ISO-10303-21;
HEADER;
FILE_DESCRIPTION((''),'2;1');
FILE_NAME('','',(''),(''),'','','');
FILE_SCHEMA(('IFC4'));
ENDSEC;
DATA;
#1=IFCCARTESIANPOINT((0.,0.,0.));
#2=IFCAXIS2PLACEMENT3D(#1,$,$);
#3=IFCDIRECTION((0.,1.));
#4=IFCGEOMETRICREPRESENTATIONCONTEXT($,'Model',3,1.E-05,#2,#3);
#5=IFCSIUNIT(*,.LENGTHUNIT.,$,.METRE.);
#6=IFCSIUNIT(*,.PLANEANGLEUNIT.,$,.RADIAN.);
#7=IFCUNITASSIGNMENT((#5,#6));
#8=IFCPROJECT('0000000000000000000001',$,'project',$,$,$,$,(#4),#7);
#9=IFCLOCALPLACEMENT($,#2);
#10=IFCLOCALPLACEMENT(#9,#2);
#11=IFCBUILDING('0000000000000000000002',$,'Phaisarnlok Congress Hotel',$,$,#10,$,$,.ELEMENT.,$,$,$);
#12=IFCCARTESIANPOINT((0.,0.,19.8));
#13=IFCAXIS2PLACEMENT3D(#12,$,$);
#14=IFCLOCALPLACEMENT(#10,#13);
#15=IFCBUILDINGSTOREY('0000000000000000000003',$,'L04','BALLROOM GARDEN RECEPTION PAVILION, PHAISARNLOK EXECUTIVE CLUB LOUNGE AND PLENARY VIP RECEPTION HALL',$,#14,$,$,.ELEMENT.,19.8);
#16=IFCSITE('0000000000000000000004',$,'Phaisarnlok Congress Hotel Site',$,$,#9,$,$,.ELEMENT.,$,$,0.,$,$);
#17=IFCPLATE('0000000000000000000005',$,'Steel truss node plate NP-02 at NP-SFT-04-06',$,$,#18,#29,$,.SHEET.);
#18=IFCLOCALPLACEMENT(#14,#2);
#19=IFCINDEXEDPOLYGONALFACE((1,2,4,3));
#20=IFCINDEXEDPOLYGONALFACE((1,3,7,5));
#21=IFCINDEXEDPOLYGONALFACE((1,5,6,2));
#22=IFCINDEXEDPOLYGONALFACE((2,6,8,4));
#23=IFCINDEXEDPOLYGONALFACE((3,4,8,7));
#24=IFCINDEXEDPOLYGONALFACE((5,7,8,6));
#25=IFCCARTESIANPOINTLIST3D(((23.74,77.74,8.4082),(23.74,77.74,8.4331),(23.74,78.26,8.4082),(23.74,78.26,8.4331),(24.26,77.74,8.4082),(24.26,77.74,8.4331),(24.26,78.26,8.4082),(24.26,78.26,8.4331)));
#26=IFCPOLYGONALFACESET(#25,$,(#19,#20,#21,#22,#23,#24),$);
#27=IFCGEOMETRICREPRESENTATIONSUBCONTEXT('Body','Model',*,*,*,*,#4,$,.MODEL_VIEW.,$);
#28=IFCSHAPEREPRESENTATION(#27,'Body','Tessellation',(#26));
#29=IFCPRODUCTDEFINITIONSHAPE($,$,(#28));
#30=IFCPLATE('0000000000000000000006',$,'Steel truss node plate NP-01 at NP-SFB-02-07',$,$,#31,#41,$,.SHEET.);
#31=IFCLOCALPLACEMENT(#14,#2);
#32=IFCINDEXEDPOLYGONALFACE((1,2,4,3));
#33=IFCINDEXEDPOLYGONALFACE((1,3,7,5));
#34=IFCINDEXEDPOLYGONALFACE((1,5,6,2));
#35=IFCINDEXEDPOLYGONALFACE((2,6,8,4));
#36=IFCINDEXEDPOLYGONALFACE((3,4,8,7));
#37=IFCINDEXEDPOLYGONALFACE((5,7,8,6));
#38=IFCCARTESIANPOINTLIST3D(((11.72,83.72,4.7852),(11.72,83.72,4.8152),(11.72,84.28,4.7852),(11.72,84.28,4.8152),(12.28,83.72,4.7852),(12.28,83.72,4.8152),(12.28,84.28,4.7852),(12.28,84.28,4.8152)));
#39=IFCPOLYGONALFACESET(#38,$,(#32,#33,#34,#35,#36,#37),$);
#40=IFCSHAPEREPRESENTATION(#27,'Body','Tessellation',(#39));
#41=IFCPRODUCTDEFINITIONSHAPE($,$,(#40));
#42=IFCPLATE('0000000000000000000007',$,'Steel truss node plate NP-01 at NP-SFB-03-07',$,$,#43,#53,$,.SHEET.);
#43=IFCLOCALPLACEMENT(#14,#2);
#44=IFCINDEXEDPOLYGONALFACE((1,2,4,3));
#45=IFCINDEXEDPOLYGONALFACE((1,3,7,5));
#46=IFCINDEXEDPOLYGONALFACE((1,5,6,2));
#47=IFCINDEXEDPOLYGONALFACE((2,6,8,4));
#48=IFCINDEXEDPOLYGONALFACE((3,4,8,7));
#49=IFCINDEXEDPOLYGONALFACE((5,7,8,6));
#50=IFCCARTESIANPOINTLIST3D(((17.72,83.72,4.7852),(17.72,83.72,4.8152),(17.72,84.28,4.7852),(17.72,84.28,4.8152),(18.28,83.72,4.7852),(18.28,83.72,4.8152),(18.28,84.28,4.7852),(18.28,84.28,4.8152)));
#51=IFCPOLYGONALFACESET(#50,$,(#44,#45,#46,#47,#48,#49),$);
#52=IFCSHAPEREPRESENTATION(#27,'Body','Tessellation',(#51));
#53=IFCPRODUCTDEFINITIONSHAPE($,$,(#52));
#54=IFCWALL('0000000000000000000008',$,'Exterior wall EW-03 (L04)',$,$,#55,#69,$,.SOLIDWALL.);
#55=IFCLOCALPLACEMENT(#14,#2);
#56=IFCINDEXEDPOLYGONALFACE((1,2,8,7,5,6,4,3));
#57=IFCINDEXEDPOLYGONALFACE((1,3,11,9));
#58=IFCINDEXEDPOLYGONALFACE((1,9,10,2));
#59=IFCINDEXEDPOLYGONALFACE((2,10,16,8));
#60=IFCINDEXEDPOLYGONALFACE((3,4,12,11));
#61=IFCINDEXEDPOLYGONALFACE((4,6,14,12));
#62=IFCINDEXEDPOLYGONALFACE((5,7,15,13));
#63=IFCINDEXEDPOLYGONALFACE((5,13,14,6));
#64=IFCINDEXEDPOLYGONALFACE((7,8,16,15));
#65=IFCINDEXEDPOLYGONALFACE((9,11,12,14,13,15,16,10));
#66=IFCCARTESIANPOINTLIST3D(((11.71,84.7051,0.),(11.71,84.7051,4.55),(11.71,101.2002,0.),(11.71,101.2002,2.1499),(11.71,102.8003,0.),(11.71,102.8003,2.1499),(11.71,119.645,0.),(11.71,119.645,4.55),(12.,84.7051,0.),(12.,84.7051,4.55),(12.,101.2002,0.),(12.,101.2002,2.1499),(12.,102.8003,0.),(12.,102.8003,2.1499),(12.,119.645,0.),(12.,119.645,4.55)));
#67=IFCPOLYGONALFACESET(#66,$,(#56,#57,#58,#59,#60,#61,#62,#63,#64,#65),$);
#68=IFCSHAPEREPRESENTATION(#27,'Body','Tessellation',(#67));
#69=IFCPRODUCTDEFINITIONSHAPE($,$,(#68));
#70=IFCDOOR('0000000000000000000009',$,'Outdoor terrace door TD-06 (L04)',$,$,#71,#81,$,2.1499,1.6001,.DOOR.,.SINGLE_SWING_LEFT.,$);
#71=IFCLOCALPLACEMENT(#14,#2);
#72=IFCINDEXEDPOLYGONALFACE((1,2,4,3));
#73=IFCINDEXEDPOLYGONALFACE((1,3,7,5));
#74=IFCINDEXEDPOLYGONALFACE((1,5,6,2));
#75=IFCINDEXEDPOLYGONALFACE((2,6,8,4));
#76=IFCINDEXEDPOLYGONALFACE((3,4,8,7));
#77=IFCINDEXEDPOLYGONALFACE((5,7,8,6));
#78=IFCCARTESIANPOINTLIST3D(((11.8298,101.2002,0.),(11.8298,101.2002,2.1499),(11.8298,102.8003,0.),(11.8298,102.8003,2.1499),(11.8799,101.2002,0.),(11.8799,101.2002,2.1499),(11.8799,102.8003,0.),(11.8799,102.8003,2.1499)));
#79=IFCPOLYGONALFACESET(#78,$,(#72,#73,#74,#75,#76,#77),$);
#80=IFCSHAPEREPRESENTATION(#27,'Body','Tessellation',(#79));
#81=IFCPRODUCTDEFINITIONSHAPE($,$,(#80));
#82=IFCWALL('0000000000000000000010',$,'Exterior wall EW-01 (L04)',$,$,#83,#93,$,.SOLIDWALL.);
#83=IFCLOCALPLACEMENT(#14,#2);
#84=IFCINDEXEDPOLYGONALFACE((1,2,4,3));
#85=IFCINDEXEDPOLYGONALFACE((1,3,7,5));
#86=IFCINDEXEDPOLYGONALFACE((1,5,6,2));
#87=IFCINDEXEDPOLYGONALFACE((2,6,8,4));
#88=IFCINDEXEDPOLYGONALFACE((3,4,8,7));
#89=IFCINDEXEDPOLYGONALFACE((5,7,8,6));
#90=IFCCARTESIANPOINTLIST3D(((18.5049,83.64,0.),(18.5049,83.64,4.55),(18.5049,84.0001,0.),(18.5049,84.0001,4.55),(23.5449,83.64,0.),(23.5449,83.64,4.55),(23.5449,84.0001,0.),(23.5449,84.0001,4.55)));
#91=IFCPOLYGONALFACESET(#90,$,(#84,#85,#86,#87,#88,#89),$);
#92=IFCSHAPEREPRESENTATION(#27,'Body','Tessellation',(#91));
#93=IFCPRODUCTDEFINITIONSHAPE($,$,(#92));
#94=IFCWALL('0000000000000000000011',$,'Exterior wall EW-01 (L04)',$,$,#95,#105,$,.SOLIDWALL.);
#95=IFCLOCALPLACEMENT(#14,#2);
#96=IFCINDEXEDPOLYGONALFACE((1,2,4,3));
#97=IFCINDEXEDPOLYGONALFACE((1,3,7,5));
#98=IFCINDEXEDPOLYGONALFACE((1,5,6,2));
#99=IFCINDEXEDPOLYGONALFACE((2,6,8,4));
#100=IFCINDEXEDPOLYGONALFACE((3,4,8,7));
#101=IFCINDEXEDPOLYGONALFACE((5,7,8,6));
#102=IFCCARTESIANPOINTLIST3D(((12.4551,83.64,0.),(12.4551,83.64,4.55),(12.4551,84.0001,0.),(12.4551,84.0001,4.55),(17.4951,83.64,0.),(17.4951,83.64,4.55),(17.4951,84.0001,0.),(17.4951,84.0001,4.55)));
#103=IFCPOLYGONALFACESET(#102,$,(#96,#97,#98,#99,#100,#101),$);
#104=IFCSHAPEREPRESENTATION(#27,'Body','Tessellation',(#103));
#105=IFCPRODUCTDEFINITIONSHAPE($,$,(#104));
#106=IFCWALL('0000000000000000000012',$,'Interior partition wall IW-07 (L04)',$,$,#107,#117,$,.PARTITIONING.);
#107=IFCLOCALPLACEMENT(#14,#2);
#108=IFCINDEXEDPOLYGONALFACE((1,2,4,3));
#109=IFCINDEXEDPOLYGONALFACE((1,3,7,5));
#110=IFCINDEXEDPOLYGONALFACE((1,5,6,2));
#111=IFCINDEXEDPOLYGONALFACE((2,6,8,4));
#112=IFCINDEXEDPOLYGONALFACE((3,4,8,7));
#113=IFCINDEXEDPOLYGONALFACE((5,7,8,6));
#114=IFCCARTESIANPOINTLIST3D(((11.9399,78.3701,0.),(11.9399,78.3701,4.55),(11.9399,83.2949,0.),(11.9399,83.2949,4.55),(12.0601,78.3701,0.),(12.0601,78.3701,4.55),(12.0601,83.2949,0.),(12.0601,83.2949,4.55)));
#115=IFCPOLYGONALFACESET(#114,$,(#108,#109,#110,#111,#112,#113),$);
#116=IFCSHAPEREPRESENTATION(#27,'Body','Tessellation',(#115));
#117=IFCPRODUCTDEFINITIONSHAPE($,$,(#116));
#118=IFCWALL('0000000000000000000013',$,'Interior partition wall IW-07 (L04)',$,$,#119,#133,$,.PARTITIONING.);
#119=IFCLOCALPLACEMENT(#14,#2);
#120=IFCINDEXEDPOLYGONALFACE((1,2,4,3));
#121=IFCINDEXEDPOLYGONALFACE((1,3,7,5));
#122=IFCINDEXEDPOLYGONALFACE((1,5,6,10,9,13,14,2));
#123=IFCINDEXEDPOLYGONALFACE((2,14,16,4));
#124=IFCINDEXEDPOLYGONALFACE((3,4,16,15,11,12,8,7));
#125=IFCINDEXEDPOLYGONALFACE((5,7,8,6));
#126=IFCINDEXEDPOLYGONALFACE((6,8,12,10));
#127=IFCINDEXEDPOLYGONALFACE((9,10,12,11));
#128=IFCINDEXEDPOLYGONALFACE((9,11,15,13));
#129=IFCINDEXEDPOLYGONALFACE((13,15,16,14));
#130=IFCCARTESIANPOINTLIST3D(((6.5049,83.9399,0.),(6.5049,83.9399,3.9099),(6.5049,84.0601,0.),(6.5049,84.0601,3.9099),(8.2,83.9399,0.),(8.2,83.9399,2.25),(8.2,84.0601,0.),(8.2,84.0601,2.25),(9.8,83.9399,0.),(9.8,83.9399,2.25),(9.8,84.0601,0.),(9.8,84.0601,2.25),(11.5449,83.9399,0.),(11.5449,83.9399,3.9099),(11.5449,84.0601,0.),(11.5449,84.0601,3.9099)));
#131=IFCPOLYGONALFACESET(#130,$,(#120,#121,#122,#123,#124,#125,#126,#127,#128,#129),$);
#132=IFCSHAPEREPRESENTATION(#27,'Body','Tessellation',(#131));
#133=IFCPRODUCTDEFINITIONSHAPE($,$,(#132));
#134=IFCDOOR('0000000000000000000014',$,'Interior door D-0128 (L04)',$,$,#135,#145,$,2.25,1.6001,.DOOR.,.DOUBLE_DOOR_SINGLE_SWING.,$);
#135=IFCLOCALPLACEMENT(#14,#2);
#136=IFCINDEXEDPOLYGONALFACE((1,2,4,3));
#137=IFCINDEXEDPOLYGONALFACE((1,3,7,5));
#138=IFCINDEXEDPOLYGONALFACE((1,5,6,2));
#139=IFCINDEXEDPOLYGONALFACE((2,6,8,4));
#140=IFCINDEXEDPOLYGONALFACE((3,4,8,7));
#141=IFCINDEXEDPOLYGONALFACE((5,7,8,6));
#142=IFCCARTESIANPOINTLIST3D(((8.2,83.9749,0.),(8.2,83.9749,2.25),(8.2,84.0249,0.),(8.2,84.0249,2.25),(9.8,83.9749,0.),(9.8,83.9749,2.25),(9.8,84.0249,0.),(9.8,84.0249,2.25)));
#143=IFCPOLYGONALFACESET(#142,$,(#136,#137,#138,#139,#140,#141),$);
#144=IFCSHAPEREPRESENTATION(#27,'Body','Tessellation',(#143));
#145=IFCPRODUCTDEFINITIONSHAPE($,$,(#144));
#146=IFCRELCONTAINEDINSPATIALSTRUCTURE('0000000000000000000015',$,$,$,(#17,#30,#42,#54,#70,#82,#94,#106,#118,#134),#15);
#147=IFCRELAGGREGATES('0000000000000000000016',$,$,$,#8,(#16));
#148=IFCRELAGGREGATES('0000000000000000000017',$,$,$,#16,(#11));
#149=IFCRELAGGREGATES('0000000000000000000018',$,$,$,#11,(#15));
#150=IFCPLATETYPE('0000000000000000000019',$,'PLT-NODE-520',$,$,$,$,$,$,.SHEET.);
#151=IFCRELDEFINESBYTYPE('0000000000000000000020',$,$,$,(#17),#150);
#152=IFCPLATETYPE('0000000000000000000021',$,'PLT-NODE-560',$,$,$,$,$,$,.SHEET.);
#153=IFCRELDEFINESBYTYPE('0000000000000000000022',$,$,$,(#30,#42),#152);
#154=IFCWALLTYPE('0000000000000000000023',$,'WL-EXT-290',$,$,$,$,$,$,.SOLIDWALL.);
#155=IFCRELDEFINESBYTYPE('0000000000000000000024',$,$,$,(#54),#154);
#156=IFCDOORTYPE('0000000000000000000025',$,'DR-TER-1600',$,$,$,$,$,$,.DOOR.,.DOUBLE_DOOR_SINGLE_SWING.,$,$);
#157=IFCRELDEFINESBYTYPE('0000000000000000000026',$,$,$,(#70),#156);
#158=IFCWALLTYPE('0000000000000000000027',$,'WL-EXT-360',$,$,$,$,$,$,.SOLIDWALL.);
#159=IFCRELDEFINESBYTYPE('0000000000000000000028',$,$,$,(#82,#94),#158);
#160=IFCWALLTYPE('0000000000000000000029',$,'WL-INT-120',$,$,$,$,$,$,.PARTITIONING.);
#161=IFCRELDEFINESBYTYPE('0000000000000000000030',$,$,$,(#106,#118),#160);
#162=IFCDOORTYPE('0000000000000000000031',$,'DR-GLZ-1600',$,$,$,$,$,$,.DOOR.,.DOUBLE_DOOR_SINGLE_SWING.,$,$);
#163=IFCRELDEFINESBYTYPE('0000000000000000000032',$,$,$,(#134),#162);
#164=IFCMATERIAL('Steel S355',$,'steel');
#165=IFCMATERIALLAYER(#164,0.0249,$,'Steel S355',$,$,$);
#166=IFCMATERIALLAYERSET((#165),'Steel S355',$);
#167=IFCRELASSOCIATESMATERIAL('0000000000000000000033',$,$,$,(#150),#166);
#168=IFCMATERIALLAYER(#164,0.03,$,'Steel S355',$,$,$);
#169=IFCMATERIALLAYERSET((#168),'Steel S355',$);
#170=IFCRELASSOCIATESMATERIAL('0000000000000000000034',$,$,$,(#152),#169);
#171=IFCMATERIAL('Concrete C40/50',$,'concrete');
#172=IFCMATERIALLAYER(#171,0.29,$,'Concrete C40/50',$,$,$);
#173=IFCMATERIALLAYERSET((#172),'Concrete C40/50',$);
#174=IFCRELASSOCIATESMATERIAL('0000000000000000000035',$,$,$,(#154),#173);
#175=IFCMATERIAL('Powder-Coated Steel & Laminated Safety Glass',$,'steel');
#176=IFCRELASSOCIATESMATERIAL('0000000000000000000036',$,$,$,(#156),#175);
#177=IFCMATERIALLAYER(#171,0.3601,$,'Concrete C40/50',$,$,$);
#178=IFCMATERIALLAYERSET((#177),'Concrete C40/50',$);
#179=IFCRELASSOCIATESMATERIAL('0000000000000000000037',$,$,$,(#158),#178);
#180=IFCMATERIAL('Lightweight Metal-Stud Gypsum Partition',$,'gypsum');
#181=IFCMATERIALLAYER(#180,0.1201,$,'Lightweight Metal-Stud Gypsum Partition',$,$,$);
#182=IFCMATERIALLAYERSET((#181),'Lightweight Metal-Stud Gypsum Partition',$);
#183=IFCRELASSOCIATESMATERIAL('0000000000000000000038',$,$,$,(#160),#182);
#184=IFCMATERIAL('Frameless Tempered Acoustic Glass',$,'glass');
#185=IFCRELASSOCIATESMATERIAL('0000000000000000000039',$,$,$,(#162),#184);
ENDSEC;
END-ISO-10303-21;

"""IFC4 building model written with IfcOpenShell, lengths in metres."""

from ifc_helpers import new_model, si_unit, direction, frame, frame_2d, origin, origin_2d, place, context, subcontext, project, spatial, rectangle, extrude, material, layer, layer_set, type_object, element, fill, save


model = new_model("IFC4")

# Units and contexts
model_context = context("Model", 3, precision=1e-05, world=origin(), true_north=direction((0.0, 1.0)))
body_context = subcontext(model_context, "Body", "Model", "MODEL_VIEW")
ifc_project = project(units=[si_unit("LENGTHUNIT", "METRE"), si_unit("PLANEANGLEUNIT", "RADIAN")], contexts=[model_context])

# Site, building, storey
site_placement = place(None, origin())
site = spatial("IfcSite", under=ifc_project, at=site_placement, Name="Phaisarnlok Congress Hotel Site", CompositionType="ELEMENT", RefElevation=0.0)
building_placement = place(site_placement, origin())
building = spatial("IfcBuilding", under=site, at=building_placement, Name="Phaisarnlok Congress Hotel", CompositionType="ELEMENT")
storey_placement = place(building_placement, frame((0.0, 0.0, 19.8)))
storey = spatial("IfcBuildingStorey", under=building, at=storey_placement, Name="L04", Description="BALLROOM GARDEN RECEPTION PAVILION, PHAISARNLOK EXECUTIVE CLUB LOUNGE AND PLENARY VIP RECEPTION HALL", CompositionType="ELEMENT", Elevation=19.8)

# Shared definitions
ifc_material_1 = material(Name="Steel S355", Category="steel")

# Shared definitions
ifc_material_2 = material(Name="Concrete C40/50", Category="concrete")

# Plates
ifc_layer_1 = layer(ifc_material_1, 0.0249, Name="Steel S355")
ifc_layer_set_1 = layer_set([ifc_layer_1], Name="Steel S355")
plate_type_1 = type_object("IfcPlateType", Name="PLT-NODE-520", PredefinedType="SHEET", material=ifc_layer_set_1)
for number, where, z_axis, x_axis, name in (
    (1, (24.0, 78.0, 8.4082), (0.0, 0.0, 1.0), (1.0, 0.0, 0.0), "Steel truss node plate NP-02 at NP-SFT-04-06"),
):
    element("IfcPlate", number, at=place(storey_placement, frame(where, z_axis=z_axis, x_axis=x_axis)), inside=storey, type_object=plate_type_1, Name=name, PredefinedType="SHEET", context=body_context, shape_type="SweptSolid", body=[
        extrude(rectangle(XDim=0.52, YDim=0.52, at=origin_2d()), origin(), (0.0, 0.0, 1.0), 0.0249),
    ])
ifc_layer_2 = layer(ifc_material_1, 0.03, Name="Steel S355")
ifc_layer_set_2 = layer_set([ifc_layer_2], Name="Steel S355")
plate_type_2 = type_object("IfcPlateType", Name="PLT-NODE-560", PredefinedType="SHEET", material=ifc_layer_set_2)
for number, where, z_axis, x_axis, name in (
    (2, (12.0, 84.0, 4.7852), (0.0, 0.0, 1.0), (1.0, 0.0, 0.0), "Steel truss node plate NP-01 at NP-SFB-02-07"),
    (3, (18.0, 84.0, 4.7852), (0.0, 0.0, 1.0), (1.0, 0.0, 0.0), "Steel truss node plate NP-01 at NP-SFB-03-07"),
):
    element("IfcPlate", number, at=place(storey_placement, frame(where, z_axis=z_axis, x_axis=x_axis)), inside=storey, type_object=plate_type_2, Name=name, PredefinedType="SHEET", context=body_context, shape_type="SweptSolid", body=[
        extrude(rectangle(XDim=0.5601, YDim=0.5601, at=origin_2d()), origin(), (0.0, 0.0, 1.0), 0.03),
    ])

# Wall, opening, door
ifc_layer_3 = layer(ifc_material_2, 0.29, Name="Concrete C40/50")
ifc_layer_set_3 = layer_set([ifc_layer_3], Name="Concrete C40/50")
wall_type_1 = type_object("IfcWallType", Name="WL-EXT-290", PredefinedType="SOLIDWALL", material=ifc_layer_set_3)
wall_1_placement = place(storey_placement, frame((11.855, 84.7051, 0.0), z_axis=(0.0, 0.0, 1.0), x_axis=(0.0, 1.0, 0.0)))
wall_1 = element("IfcWall", 4, at=wall_1_placement, inside=storey, type_object=wall_type_1, Name="Exterior wall EW-03 (L04)", PredefinedType="SOLIDWALL", context=body_context, shape_type="SweptSolid", body=[
    extrude(rectangle(XDim=34.9399, YDim=0.29, at=frame_2d((17.47, 0.0))), origin(), (0.0, 0.0, 1.0), 4.55),
])
opening_1_placement = place(wall_1_placement, frame((16.4951, 0.0, 0.0)))
opening_1 = element("IfcOpeningElement", 5, at=opening_1_placement, cuts=wall_1, PredefinedType="OPENING", context=body_context, shape_type="SweptSolid", body=[
    extrude(rectangle(XDim=1.6001, YDim=2.1499, at=frame_2d((0.8, 1.075))), frame((0.0, 0.155, 0.0), z_axis=(0.0, -1.0, 0.0), x_axis=(1.0, 0.0, 0.0)), (0.0, 0.0, 1.0), 0.3101),
])
ifc_material_3 = material(Name="Powder-Coated Steel & Laminated Safety Glass", Category="steel")
door_type_1 = type_object("IfcDoorType", Name="DR-TER-1600", OperationType="DOUBLE_DOOR_SINGLE_SWING", PredefinedType="DOOR", material=ifc_material_3)
door_1_placement = place(opening_1_placement, frame((1.6001, 0.0, 0.0), z_axis=(0.0, 0.0, 1.0), x_axis=(-1.0, 0.0, 0.0)))
door_1 = element("IfcDoor", 6, at=door_1_placement, inside=storey, type_object=door_type_1, Name="Outdoor terrace door TD-06 (L04)", OperationType="SINGLE_SWING_LEFT", OverallHeight=2.1499, OverallWidth=1.6001, PredefinedType="DOOR", context=body_context, shape_type="SweptSolid", body=[
    extrude(rectangle(XDim=1.6001, YDim=2.1499, at=frame_2d((0.8, 1.075))), frame((0.0, 0.0249, 0.0), z_axis=(0.0, -1.0, 0.0), x_axis=(1.0, 0.0, 0.0)), (0.0, 0.0, 1.0), 0.05),
])
fill(opening_1, door_1)

# Walls
ifc_layer_4 = layer(ifc_material_2, 0.3601, Name="Concrete C40/50")
ifc_layer_set_4 = layer_set([ifc_layer_4], Name="Concrete C40/50")
wall_type_2 = type_object("IfcWallType", Name="WL-EXT-360", PredefinedType="SOLIDWALL", material=ifc_layer_set_4)
for number, where, z_axis, x_axis, name in (
    (7, (23.5449, 83.8201, 0.0), (0.0, 0.0, 1.0), (-1.0, 0.0, 0.0), "Exterior wall EW-01 (L04)"),
    (8, (17.4951, 83.8201, 0.0), (0.0, 0.0, 1.0), (-1.0, 0.0, 0.0), "Exterior wall EW-01 (L04)"),
):
    element("IfcWall", number, at=place(storey_placement, frame(where, z_axis=z_axis, x_axis=x_axis)), inside=storey, type_object=wall_type_2, Name=name, PredefinedType="SOLIDWALL", context=body_context, shape_type="SweptSolid", body=[
        extrude(rectangle(XDim=5.04, YDim=0.3601, at=frame_2d((2.52, 0.0))), origin(), (0.0, 0.0, 1.0), 4.55),
    ])
ifc_material_4 = material(Name="Lightweight Metal-Stud Gypsum Partition", Category="gypsum")
ifc_layer_5 = layer(ifc_material_4, 0.1201, Name="Lightweight Metal-Stud Gypsum Partition")
ifc_layer_set_5 = layer_set([ifc_layer_5], Name="Lightweight Metal-Stud Gypsum Partition")
wall_type_3 = type_object("IfcWallType", Name="WL-INT-120", PredefinedType="PARTITIONING", material=ifc_layer_set_5)
wall_2_placement = place(storey_placement, frame((12.0, 78.3701, 0.0), z_axis=(0.0, 0.0, 1.0), x_axis=(0.0, 1.0, 0.0)))
element("IfcWall", 9, at=wall_2_placement, inside=storey, type_object=wall_type_3, Name="Interior partition wall IW-07 (L04)", PredefinedType="PARTITIONING", context=body_context, shape_type="SweptSolid", body=[
    extrude(rectangle(XDim=4.9248, YDim=0.1201, at=frame_2d((2.4624, 0.0))), origin(), (0.0, 0.0, 1.0), 4.55),
])

# Wall, opening, door
wall_3_placement = place(storey_placement, frame((6.5049, 84.0, 0.0), z_axis=(0.0, 0.0, 1.0), x_axis=(1.0, 0.0, 0.0)))
wall_3 = element("IfcWall", 10, at=wall_3_placement, inside=storey, type_object=wall_type_3, Name="Interior partition wall IW-07 (L04)", PredefinedType="PARTITIONING", context=body_context, shape_type="SweptSolid", body=[
    extrude(rectangle(XDim=5.04, YDim=0.1201, at=frame_2d((2.52, 0.0))), origin(), (0.0, 0.0, 1.0), 3.9099),
])
opening_2_placement = place(wall_3_placement, frame((1.6951, 0.0, 0.0)))
opening_2 = element("IfcOpeningElement", 11, at=opening_2_placement, cuts=wall_3, PredefinedType="OPENING", context=body_context, shape_type="SweptSolid", body=[
    extrude(rectangle(XDim=1.6001, YDim=2.25, at=frame_2d((0.8, 1.125))), frame((0.0, 0.0701, 0.0), z_axis=(0.0, -1.0, 0.0), x_axis=(1.0, 0.0, 0.0)), (0.0, 0.0, 1.0), 0.1401),
])
ifc_material_5 = material(Name="Frameless Tempered Acoustic Glass", Category="glass")
door_type_2 = type_object("IfcDoorType", Name="DR-GLZ-1600", OperationType="DOUBLE_DOOR_SINGLE_SWING", PredefinedType="DOOR", material=ifc_material_5)
door_2_placement = place(opening_2_placement, origin())
door_2 = element("IfcDoor", 12, at=door_2_placement, inside=storey, type_object=door_type_2, Name="Interior door D-0128 (L04)", OperationType="DOUBLE_DOOR_SINGLE_SWING", OverallHeight=2.25, OverallWidth=1.6001, PredefinedType="DOOR", context=body_context, shape_type="SweptSolid", body=[
    extrude(rectangle(XDim=1.6001, YDim=2.25, at=frame_2d((0.8, 1.125))), frame((0.0, 0.0249, 0.0), z_axis=(0.0, -1.0, 0.0), x_axis=(1.0, 0.0, 0.0)), (0.0, 0.0, 1.0), 0.05),
])
fill(opening_2, door_2)

save(model, "model.ifc")
